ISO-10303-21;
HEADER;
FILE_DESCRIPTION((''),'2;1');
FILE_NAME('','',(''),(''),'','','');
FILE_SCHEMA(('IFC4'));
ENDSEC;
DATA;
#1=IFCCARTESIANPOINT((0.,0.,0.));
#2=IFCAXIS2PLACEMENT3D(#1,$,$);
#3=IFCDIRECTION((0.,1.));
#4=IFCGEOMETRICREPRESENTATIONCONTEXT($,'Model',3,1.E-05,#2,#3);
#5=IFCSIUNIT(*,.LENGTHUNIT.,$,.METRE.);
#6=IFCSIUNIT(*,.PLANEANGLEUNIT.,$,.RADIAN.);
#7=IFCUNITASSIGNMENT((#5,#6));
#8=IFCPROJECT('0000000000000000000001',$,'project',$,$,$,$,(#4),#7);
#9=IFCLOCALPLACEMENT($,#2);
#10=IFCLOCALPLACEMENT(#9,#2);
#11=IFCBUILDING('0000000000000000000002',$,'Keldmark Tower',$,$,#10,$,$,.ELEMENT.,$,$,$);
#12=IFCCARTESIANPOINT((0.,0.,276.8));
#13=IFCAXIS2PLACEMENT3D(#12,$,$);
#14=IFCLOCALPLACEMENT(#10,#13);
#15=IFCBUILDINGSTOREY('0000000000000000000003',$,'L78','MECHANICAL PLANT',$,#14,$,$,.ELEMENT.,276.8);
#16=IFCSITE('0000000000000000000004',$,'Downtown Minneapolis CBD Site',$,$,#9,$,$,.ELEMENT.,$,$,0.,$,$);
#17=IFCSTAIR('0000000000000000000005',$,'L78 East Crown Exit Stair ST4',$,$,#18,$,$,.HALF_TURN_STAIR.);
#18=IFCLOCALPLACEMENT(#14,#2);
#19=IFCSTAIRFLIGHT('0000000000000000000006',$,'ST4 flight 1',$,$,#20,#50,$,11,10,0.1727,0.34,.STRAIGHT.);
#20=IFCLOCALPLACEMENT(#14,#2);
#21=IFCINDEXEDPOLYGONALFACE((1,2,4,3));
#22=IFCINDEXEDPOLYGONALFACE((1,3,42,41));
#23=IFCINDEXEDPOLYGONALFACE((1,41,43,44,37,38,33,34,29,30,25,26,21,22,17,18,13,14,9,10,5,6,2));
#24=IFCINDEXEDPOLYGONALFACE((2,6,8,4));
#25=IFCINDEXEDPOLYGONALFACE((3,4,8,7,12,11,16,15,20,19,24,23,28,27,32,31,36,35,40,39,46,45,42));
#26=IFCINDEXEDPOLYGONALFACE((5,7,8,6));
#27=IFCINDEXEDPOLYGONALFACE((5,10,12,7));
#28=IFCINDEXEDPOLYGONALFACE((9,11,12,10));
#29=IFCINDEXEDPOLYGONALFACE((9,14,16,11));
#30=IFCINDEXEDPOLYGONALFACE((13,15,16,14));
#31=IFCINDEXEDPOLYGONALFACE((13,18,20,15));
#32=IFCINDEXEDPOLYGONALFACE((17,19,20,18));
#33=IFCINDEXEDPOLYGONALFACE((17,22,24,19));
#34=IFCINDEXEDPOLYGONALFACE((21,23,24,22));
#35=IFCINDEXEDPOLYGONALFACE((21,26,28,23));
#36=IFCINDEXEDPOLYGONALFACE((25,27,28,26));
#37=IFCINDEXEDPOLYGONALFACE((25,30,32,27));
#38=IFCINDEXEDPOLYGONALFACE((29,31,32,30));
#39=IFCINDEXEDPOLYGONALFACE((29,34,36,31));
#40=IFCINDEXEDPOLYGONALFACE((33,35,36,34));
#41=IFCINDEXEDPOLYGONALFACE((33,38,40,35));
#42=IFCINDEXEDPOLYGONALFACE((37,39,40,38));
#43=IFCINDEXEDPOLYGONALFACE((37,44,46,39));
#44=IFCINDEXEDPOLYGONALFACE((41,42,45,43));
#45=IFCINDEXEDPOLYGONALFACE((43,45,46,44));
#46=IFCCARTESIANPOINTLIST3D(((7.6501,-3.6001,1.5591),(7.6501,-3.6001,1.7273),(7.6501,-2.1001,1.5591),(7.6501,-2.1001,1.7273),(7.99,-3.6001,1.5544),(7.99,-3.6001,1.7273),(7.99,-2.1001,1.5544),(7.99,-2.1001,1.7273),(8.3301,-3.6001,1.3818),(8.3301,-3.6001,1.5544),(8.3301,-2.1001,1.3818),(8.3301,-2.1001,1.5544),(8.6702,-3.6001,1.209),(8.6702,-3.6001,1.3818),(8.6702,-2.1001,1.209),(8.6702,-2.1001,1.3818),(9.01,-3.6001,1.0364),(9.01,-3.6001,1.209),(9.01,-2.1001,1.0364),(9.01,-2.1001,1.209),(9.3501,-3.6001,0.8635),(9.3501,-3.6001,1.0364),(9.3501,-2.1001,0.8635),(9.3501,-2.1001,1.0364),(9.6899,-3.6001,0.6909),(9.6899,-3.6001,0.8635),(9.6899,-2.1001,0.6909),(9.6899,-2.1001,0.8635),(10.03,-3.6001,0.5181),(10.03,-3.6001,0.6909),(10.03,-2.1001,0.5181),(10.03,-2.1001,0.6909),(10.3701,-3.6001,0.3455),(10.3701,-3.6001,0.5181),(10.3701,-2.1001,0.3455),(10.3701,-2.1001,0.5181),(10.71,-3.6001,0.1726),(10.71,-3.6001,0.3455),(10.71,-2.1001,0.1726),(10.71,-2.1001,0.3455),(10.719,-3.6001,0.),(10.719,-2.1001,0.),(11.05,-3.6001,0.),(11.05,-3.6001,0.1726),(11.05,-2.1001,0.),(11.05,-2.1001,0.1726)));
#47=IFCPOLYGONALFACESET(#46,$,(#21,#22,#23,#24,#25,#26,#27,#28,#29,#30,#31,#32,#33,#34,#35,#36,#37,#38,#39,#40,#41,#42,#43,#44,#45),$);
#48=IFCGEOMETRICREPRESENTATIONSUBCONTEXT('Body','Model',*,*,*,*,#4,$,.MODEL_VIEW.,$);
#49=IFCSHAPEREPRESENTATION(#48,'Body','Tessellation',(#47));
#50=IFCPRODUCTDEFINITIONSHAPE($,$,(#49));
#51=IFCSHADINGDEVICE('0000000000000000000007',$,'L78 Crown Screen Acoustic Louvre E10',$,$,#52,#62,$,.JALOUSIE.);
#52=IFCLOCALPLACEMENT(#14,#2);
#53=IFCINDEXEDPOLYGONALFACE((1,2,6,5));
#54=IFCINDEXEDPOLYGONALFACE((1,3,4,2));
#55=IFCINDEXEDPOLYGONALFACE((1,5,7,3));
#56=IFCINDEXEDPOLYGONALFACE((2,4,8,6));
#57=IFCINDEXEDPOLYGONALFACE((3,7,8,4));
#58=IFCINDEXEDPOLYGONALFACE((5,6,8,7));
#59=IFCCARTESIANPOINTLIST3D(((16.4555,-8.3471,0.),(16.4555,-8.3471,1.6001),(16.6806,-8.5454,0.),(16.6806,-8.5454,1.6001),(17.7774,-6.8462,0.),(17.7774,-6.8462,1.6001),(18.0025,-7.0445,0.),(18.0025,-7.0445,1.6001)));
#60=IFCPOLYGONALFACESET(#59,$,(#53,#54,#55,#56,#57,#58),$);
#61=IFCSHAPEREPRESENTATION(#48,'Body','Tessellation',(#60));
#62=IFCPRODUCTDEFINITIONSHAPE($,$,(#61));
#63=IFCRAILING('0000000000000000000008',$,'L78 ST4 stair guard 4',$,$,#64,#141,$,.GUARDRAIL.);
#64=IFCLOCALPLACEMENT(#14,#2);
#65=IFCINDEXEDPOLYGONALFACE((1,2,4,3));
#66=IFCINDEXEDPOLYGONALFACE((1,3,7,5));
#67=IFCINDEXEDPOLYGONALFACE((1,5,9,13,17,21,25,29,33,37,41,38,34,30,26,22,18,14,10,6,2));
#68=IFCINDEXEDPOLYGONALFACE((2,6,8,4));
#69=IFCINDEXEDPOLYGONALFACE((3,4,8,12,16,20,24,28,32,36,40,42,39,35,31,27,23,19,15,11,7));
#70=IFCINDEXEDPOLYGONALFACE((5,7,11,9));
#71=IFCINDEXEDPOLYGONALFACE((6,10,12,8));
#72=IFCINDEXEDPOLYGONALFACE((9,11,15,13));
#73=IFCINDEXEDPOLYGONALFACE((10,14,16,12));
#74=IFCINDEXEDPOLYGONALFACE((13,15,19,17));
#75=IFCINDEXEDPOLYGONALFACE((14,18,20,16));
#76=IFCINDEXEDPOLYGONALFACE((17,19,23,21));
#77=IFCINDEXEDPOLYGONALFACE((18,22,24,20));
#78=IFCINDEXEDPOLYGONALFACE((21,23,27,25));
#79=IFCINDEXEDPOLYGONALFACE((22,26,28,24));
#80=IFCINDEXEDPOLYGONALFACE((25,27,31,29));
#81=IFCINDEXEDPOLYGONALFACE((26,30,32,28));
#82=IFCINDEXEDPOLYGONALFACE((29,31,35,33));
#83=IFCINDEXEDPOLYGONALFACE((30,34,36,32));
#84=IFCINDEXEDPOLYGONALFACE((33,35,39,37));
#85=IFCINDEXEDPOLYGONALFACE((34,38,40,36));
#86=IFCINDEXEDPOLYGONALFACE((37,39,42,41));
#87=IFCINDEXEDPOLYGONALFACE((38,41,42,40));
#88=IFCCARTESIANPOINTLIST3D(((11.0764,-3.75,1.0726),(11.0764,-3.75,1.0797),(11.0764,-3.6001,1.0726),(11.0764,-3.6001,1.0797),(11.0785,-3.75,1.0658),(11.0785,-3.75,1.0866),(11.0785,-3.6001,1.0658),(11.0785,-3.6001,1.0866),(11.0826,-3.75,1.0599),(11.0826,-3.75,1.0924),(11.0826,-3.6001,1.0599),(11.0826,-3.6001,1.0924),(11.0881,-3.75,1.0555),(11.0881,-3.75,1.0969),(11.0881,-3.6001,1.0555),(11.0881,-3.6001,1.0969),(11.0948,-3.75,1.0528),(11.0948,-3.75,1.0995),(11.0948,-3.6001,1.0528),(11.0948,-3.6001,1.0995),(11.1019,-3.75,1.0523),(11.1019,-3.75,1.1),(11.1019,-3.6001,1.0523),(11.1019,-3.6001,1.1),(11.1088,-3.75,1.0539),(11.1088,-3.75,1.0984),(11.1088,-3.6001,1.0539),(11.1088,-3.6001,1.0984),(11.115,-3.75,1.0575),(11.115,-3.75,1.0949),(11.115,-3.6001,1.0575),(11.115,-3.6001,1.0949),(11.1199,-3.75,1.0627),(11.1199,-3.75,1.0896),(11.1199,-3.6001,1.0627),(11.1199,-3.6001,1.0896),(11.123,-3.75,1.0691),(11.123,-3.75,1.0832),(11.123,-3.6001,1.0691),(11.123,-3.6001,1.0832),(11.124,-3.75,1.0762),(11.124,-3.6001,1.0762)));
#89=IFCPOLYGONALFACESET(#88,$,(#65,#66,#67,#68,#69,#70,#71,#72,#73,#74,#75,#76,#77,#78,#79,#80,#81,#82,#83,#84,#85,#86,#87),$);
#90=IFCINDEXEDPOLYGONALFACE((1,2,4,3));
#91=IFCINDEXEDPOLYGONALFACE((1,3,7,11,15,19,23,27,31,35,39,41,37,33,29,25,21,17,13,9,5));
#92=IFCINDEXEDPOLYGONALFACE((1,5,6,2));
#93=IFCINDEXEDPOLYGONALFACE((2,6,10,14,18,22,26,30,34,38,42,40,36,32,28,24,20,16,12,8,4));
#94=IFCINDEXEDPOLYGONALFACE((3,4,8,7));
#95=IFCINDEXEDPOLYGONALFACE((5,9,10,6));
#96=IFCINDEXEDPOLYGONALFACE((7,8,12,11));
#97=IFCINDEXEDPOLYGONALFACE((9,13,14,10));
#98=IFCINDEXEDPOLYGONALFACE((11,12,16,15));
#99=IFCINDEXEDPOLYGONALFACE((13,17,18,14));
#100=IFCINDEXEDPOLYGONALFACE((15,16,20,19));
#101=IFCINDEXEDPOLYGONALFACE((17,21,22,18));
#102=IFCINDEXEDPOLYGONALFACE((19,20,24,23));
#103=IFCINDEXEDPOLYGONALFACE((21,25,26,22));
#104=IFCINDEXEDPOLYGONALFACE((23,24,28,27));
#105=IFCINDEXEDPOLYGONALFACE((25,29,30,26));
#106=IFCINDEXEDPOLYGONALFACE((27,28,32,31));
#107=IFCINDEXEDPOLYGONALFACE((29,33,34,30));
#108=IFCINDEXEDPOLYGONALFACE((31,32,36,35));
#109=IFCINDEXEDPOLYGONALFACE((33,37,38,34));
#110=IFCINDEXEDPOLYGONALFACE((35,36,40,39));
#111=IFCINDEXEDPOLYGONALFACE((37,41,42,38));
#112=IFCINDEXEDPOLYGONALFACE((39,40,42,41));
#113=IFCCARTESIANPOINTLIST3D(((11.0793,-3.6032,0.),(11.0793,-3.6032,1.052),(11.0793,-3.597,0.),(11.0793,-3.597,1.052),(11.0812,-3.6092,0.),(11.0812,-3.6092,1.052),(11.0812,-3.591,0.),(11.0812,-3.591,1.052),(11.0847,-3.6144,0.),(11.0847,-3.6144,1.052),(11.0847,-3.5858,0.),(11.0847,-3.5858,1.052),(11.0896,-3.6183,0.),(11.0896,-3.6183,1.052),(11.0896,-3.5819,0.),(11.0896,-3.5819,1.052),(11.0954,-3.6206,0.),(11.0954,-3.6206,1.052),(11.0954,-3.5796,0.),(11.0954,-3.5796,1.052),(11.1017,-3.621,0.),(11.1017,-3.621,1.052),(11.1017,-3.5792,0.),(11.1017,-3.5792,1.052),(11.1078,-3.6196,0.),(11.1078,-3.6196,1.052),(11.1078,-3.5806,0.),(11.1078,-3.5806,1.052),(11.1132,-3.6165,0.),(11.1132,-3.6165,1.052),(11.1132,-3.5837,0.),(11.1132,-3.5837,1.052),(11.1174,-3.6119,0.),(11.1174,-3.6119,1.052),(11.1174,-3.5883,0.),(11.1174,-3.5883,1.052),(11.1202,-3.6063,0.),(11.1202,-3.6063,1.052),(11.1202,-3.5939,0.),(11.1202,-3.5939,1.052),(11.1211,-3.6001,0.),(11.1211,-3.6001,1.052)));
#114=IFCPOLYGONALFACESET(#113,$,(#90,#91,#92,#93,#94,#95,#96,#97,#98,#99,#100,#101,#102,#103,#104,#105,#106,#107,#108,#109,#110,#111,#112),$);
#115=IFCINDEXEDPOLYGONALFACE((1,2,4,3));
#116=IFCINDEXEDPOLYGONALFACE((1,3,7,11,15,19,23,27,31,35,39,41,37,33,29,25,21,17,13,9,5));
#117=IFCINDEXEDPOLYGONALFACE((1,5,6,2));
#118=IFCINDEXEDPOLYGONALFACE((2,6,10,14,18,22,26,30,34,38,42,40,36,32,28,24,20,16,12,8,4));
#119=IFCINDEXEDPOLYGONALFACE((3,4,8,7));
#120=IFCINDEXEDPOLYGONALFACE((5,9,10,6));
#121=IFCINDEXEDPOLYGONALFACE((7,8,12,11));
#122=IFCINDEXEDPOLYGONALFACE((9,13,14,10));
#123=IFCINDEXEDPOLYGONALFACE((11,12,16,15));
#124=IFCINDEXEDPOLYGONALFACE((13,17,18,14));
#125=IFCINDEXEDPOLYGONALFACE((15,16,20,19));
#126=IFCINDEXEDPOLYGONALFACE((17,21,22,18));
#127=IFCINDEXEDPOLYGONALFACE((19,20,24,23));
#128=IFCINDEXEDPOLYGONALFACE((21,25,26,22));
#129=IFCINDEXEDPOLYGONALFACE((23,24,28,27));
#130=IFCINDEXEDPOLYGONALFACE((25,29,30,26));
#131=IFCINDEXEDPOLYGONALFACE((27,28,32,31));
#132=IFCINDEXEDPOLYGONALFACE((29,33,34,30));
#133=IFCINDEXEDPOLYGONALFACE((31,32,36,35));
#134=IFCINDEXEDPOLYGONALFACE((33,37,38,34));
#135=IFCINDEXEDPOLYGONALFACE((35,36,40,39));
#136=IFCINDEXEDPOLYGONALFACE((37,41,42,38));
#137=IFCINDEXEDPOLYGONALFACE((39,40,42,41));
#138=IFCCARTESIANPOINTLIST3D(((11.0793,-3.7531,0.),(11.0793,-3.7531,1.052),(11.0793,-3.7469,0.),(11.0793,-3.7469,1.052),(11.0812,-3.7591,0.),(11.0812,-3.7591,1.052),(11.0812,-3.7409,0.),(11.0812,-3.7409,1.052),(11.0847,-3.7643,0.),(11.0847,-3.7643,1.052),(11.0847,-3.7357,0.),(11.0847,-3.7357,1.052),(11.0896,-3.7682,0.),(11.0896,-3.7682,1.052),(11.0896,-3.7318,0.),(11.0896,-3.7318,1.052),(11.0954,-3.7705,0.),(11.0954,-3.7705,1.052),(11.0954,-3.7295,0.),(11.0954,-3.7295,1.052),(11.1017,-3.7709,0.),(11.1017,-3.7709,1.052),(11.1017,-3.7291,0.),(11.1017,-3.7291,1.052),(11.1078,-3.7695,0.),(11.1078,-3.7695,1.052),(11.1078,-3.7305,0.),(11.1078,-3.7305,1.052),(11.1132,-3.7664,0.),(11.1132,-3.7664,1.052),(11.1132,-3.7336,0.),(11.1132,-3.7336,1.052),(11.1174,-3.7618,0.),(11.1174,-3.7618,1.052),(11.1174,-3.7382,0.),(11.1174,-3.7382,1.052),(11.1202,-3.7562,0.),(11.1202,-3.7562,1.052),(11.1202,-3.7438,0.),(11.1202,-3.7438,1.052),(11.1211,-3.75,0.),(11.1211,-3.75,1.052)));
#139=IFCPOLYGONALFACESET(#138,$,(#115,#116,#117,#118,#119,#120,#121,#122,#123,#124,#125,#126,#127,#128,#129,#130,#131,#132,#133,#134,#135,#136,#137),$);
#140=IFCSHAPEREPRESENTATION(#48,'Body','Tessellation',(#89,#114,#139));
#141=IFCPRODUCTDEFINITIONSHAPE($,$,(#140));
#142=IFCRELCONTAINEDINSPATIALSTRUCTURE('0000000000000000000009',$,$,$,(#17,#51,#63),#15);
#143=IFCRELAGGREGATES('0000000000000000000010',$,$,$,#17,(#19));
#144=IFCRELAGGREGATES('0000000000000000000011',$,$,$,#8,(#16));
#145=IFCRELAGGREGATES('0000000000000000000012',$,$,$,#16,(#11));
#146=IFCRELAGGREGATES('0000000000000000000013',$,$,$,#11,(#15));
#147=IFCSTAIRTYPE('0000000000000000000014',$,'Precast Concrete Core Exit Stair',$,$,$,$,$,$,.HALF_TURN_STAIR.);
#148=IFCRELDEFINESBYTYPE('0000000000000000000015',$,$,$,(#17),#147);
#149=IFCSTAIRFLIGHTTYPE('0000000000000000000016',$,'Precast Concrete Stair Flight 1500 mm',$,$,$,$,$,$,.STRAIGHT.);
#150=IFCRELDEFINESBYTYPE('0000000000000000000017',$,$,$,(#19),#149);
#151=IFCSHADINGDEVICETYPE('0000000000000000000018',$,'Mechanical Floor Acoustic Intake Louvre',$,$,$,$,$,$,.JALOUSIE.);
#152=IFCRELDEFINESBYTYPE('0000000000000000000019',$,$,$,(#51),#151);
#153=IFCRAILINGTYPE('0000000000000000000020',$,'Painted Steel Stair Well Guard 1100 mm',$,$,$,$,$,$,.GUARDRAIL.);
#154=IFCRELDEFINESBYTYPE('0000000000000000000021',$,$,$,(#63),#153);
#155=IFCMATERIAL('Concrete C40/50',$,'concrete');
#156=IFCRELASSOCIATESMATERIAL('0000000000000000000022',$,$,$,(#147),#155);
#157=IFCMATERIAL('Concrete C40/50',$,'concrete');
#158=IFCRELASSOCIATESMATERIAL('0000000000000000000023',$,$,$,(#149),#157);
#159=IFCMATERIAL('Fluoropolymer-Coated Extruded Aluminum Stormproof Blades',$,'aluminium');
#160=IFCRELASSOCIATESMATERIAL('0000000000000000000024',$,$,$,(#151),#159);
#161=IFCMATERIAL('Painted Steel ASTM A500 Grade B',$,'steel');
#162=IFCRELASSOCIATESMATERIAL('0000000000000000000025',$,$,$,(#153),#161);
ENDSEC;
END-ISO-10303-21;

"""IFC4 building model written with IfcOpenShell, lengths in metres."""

from ifc_helpers import new_model, si_unit, direction, frame, origin, origin_2d, place, context, subcontext, project, spatial, polyline, rectangle, circle, outline, extrude, material, type_object, element, aggregate, save


model = new_model("IFC4")

# Units and contexts
model_context = context("Model", 3, precision=1e-05, world=origin(), true_north=direction((0.0, 1.0)))
body_context = subcontext(model_context, "Body", "Model", "MODEL_VIEW")
ifc_project = project(units=[si_unit("LENGTHUNIT", "METRE"), si_unit("PLANEANGLEUNIT", "RADIAN")], contexts=[model_context])

# Site, building, storey
site_placement = place(None, origin())
site = spatial("IfcSite", under=ifc_project, at=site_placement, Name="Downtown Minneapolis CBD Site", CompositionType="ELEMENT", RefElevation=0.0)
building_placement = place(site_placement, origin())
building = spatial("IfcBuilding", under=site, at=building_placement, Name="Keldmark Tower", CompositionType="ELEMENT")
storey_placement = place(building_placement, frame((0.0, 0.0, 276.8)))
storey = spatial("IfcBuildingStorey", under=building, at=storey_placement, Name="L78", Description="MECHANICAL PLANT", CompositionType="ELEMENT", Elevation=276.8)

# Stair, stair flight
ifc_material_1 = material(Name="Concrete C40/50", Category="concrete")
stair_type = type_object("IfcStairType", Name="Precast Concrete Core Exit Stair", PredefinedType="HALF_TURN_STAIR", material=ifc_material_1)
stair_placement = place(storey_placement, origin())
stair = element("IfcStair", 1, at=stair_placement, inside=storey, type_object=stair_type, Name="L78 East Crown Exit Stair ST4", PredefinedType="HALF_TURN_STAIR")
ifc_material_2 = material(Name="Concrete C40/50", Category="concrete")
stair_flight_type = type_object("IfcStairFlightType", Name="Precast Concrete Stair Flight 1500 mm", PredefinedType="STRAIGHT", material=ifc_material_2)
stair_flight_placement = place(storey_placement, frame((11.05, -2.8501, 0.0), z_axis=(0.0, 0.0, 1.0), x_axis=(-1.0, 0.0, 0.0)))
stair_flight = element("IfcStairFlight", 2, at=stair_flight_placement, type_object=stair_flight_type, Name="ST4 flight 1", NumberOfRisers=11, NumberOfTreads=10, PredefinedType="STRAIGHT", RiserHeight=0.1727, TreadLength=0.34, context=body_context, shape_type="SweptSolid", body=[
    extrude(outline(polyline([(0.0, 0.0), (0.0, 0.1726), (0.3401, 0.1726), (0.3401, 0.3455), (0.6799, 0.3455), (0.6799, 0.5181), (1.02, 0.5181), (1.02, 0.6909), (1.3601, 0.6909), (1.3601, 0.8635), (1.7, 0.8635), (1.7, 1.0364), (2.04, 1.0364), (2.04, 1.209), (2.3799, 1.209), (2.3799, 1.3818), (2.72, 1.3818), (2.72, 1.5544), (3.0601, 1.5544), (3.0601, 1.7273), (3.3999, 1.7273), (3.3999, 1.8999), (3.3999, 1.5591), (0.3311, 0.0), (0.0, 0.0)])), frame((0.0, 0.75, 0.0), z_axis=(0.0, -1.0, 0.0), x_axis=(1.0, 0.0, 0.0)), (0.0, 0.0, 1.0), 1.5),
])
aggregate(stair, [stair_flight])

# Shading device
ifc_material_3 = material(Name="Fluoropolymer-Coated Extruded Aluminum Stormproof Blades", Category="aluminium")
shading_device_type = type_object("IfcShadingDeviceType", Name="Mechanical Floor Acoustic Intake Louvre", PredefinedType="JALOUSIE", material=ifc_material_3)
shading_device_placement = place(storey_placement, frame((17.229, -7.6958, 0.0), z_axis=(0.0, 0.0, 1.0), x_axis=(0.660958, 0.750423, 0.0)))
element("IfcShadingDevice", 3, at=shading_device_placement, inside=storey, type_object=shading_device_type, Name="L78 Crown Screen Acoustic Louvre E10", PredefinedType="JALOUSIE", context=body_context, shape_type="SweptSolid", body=[
    extrude(rectangle(XDim=2.0, YDim=0.3, at=origin_2d()), origin(), (0.0, 0.0, 1.0), 1.6001),
])

# Railing
ifc_material_4 = material(Name="Painted Steel ASTM A500 Grade B", Category="steel")
railing_type_1 = type_object("IfcRailingType", Name="Painted Steel Stair Well Guard 1100 mm", PredefinedType="GUARDRAIL", material=ifc_material_4)
railing_1_placement = place(storey_placement, frame((11.1001, -3.6001, 0.0)))
element("IfcRailing", 4, at=railing_1_placement, inside=storey, type_object=railing_type_1, Name="L78 ST4 stair guard 4", PredefinedType="GUARDRAIL", context=body_context, shape_type="SweptSolid", body=[
    extrude(circle(Radius=0.0239, at=origin_2d()), frame((0.0, 0.0, 1.0762), z_axis=(0.0, -1.0, 0.0), x_axis=(1.0, 0.0, 0.0)), (0.0, 0.0, 1.0), 0.1499),
    extrude(circle(Radius=0.021, at=origin_2d()), origin(), (0.0, 0.0, 1.0), 1.052),
    extrude(circle(Radius=0.021, at=origin_2d()), frame((0.0, -0.1499, 0.0)), (0.0, 0.0, 1.0), 1.052),
])

save(model, "model.ifc")
